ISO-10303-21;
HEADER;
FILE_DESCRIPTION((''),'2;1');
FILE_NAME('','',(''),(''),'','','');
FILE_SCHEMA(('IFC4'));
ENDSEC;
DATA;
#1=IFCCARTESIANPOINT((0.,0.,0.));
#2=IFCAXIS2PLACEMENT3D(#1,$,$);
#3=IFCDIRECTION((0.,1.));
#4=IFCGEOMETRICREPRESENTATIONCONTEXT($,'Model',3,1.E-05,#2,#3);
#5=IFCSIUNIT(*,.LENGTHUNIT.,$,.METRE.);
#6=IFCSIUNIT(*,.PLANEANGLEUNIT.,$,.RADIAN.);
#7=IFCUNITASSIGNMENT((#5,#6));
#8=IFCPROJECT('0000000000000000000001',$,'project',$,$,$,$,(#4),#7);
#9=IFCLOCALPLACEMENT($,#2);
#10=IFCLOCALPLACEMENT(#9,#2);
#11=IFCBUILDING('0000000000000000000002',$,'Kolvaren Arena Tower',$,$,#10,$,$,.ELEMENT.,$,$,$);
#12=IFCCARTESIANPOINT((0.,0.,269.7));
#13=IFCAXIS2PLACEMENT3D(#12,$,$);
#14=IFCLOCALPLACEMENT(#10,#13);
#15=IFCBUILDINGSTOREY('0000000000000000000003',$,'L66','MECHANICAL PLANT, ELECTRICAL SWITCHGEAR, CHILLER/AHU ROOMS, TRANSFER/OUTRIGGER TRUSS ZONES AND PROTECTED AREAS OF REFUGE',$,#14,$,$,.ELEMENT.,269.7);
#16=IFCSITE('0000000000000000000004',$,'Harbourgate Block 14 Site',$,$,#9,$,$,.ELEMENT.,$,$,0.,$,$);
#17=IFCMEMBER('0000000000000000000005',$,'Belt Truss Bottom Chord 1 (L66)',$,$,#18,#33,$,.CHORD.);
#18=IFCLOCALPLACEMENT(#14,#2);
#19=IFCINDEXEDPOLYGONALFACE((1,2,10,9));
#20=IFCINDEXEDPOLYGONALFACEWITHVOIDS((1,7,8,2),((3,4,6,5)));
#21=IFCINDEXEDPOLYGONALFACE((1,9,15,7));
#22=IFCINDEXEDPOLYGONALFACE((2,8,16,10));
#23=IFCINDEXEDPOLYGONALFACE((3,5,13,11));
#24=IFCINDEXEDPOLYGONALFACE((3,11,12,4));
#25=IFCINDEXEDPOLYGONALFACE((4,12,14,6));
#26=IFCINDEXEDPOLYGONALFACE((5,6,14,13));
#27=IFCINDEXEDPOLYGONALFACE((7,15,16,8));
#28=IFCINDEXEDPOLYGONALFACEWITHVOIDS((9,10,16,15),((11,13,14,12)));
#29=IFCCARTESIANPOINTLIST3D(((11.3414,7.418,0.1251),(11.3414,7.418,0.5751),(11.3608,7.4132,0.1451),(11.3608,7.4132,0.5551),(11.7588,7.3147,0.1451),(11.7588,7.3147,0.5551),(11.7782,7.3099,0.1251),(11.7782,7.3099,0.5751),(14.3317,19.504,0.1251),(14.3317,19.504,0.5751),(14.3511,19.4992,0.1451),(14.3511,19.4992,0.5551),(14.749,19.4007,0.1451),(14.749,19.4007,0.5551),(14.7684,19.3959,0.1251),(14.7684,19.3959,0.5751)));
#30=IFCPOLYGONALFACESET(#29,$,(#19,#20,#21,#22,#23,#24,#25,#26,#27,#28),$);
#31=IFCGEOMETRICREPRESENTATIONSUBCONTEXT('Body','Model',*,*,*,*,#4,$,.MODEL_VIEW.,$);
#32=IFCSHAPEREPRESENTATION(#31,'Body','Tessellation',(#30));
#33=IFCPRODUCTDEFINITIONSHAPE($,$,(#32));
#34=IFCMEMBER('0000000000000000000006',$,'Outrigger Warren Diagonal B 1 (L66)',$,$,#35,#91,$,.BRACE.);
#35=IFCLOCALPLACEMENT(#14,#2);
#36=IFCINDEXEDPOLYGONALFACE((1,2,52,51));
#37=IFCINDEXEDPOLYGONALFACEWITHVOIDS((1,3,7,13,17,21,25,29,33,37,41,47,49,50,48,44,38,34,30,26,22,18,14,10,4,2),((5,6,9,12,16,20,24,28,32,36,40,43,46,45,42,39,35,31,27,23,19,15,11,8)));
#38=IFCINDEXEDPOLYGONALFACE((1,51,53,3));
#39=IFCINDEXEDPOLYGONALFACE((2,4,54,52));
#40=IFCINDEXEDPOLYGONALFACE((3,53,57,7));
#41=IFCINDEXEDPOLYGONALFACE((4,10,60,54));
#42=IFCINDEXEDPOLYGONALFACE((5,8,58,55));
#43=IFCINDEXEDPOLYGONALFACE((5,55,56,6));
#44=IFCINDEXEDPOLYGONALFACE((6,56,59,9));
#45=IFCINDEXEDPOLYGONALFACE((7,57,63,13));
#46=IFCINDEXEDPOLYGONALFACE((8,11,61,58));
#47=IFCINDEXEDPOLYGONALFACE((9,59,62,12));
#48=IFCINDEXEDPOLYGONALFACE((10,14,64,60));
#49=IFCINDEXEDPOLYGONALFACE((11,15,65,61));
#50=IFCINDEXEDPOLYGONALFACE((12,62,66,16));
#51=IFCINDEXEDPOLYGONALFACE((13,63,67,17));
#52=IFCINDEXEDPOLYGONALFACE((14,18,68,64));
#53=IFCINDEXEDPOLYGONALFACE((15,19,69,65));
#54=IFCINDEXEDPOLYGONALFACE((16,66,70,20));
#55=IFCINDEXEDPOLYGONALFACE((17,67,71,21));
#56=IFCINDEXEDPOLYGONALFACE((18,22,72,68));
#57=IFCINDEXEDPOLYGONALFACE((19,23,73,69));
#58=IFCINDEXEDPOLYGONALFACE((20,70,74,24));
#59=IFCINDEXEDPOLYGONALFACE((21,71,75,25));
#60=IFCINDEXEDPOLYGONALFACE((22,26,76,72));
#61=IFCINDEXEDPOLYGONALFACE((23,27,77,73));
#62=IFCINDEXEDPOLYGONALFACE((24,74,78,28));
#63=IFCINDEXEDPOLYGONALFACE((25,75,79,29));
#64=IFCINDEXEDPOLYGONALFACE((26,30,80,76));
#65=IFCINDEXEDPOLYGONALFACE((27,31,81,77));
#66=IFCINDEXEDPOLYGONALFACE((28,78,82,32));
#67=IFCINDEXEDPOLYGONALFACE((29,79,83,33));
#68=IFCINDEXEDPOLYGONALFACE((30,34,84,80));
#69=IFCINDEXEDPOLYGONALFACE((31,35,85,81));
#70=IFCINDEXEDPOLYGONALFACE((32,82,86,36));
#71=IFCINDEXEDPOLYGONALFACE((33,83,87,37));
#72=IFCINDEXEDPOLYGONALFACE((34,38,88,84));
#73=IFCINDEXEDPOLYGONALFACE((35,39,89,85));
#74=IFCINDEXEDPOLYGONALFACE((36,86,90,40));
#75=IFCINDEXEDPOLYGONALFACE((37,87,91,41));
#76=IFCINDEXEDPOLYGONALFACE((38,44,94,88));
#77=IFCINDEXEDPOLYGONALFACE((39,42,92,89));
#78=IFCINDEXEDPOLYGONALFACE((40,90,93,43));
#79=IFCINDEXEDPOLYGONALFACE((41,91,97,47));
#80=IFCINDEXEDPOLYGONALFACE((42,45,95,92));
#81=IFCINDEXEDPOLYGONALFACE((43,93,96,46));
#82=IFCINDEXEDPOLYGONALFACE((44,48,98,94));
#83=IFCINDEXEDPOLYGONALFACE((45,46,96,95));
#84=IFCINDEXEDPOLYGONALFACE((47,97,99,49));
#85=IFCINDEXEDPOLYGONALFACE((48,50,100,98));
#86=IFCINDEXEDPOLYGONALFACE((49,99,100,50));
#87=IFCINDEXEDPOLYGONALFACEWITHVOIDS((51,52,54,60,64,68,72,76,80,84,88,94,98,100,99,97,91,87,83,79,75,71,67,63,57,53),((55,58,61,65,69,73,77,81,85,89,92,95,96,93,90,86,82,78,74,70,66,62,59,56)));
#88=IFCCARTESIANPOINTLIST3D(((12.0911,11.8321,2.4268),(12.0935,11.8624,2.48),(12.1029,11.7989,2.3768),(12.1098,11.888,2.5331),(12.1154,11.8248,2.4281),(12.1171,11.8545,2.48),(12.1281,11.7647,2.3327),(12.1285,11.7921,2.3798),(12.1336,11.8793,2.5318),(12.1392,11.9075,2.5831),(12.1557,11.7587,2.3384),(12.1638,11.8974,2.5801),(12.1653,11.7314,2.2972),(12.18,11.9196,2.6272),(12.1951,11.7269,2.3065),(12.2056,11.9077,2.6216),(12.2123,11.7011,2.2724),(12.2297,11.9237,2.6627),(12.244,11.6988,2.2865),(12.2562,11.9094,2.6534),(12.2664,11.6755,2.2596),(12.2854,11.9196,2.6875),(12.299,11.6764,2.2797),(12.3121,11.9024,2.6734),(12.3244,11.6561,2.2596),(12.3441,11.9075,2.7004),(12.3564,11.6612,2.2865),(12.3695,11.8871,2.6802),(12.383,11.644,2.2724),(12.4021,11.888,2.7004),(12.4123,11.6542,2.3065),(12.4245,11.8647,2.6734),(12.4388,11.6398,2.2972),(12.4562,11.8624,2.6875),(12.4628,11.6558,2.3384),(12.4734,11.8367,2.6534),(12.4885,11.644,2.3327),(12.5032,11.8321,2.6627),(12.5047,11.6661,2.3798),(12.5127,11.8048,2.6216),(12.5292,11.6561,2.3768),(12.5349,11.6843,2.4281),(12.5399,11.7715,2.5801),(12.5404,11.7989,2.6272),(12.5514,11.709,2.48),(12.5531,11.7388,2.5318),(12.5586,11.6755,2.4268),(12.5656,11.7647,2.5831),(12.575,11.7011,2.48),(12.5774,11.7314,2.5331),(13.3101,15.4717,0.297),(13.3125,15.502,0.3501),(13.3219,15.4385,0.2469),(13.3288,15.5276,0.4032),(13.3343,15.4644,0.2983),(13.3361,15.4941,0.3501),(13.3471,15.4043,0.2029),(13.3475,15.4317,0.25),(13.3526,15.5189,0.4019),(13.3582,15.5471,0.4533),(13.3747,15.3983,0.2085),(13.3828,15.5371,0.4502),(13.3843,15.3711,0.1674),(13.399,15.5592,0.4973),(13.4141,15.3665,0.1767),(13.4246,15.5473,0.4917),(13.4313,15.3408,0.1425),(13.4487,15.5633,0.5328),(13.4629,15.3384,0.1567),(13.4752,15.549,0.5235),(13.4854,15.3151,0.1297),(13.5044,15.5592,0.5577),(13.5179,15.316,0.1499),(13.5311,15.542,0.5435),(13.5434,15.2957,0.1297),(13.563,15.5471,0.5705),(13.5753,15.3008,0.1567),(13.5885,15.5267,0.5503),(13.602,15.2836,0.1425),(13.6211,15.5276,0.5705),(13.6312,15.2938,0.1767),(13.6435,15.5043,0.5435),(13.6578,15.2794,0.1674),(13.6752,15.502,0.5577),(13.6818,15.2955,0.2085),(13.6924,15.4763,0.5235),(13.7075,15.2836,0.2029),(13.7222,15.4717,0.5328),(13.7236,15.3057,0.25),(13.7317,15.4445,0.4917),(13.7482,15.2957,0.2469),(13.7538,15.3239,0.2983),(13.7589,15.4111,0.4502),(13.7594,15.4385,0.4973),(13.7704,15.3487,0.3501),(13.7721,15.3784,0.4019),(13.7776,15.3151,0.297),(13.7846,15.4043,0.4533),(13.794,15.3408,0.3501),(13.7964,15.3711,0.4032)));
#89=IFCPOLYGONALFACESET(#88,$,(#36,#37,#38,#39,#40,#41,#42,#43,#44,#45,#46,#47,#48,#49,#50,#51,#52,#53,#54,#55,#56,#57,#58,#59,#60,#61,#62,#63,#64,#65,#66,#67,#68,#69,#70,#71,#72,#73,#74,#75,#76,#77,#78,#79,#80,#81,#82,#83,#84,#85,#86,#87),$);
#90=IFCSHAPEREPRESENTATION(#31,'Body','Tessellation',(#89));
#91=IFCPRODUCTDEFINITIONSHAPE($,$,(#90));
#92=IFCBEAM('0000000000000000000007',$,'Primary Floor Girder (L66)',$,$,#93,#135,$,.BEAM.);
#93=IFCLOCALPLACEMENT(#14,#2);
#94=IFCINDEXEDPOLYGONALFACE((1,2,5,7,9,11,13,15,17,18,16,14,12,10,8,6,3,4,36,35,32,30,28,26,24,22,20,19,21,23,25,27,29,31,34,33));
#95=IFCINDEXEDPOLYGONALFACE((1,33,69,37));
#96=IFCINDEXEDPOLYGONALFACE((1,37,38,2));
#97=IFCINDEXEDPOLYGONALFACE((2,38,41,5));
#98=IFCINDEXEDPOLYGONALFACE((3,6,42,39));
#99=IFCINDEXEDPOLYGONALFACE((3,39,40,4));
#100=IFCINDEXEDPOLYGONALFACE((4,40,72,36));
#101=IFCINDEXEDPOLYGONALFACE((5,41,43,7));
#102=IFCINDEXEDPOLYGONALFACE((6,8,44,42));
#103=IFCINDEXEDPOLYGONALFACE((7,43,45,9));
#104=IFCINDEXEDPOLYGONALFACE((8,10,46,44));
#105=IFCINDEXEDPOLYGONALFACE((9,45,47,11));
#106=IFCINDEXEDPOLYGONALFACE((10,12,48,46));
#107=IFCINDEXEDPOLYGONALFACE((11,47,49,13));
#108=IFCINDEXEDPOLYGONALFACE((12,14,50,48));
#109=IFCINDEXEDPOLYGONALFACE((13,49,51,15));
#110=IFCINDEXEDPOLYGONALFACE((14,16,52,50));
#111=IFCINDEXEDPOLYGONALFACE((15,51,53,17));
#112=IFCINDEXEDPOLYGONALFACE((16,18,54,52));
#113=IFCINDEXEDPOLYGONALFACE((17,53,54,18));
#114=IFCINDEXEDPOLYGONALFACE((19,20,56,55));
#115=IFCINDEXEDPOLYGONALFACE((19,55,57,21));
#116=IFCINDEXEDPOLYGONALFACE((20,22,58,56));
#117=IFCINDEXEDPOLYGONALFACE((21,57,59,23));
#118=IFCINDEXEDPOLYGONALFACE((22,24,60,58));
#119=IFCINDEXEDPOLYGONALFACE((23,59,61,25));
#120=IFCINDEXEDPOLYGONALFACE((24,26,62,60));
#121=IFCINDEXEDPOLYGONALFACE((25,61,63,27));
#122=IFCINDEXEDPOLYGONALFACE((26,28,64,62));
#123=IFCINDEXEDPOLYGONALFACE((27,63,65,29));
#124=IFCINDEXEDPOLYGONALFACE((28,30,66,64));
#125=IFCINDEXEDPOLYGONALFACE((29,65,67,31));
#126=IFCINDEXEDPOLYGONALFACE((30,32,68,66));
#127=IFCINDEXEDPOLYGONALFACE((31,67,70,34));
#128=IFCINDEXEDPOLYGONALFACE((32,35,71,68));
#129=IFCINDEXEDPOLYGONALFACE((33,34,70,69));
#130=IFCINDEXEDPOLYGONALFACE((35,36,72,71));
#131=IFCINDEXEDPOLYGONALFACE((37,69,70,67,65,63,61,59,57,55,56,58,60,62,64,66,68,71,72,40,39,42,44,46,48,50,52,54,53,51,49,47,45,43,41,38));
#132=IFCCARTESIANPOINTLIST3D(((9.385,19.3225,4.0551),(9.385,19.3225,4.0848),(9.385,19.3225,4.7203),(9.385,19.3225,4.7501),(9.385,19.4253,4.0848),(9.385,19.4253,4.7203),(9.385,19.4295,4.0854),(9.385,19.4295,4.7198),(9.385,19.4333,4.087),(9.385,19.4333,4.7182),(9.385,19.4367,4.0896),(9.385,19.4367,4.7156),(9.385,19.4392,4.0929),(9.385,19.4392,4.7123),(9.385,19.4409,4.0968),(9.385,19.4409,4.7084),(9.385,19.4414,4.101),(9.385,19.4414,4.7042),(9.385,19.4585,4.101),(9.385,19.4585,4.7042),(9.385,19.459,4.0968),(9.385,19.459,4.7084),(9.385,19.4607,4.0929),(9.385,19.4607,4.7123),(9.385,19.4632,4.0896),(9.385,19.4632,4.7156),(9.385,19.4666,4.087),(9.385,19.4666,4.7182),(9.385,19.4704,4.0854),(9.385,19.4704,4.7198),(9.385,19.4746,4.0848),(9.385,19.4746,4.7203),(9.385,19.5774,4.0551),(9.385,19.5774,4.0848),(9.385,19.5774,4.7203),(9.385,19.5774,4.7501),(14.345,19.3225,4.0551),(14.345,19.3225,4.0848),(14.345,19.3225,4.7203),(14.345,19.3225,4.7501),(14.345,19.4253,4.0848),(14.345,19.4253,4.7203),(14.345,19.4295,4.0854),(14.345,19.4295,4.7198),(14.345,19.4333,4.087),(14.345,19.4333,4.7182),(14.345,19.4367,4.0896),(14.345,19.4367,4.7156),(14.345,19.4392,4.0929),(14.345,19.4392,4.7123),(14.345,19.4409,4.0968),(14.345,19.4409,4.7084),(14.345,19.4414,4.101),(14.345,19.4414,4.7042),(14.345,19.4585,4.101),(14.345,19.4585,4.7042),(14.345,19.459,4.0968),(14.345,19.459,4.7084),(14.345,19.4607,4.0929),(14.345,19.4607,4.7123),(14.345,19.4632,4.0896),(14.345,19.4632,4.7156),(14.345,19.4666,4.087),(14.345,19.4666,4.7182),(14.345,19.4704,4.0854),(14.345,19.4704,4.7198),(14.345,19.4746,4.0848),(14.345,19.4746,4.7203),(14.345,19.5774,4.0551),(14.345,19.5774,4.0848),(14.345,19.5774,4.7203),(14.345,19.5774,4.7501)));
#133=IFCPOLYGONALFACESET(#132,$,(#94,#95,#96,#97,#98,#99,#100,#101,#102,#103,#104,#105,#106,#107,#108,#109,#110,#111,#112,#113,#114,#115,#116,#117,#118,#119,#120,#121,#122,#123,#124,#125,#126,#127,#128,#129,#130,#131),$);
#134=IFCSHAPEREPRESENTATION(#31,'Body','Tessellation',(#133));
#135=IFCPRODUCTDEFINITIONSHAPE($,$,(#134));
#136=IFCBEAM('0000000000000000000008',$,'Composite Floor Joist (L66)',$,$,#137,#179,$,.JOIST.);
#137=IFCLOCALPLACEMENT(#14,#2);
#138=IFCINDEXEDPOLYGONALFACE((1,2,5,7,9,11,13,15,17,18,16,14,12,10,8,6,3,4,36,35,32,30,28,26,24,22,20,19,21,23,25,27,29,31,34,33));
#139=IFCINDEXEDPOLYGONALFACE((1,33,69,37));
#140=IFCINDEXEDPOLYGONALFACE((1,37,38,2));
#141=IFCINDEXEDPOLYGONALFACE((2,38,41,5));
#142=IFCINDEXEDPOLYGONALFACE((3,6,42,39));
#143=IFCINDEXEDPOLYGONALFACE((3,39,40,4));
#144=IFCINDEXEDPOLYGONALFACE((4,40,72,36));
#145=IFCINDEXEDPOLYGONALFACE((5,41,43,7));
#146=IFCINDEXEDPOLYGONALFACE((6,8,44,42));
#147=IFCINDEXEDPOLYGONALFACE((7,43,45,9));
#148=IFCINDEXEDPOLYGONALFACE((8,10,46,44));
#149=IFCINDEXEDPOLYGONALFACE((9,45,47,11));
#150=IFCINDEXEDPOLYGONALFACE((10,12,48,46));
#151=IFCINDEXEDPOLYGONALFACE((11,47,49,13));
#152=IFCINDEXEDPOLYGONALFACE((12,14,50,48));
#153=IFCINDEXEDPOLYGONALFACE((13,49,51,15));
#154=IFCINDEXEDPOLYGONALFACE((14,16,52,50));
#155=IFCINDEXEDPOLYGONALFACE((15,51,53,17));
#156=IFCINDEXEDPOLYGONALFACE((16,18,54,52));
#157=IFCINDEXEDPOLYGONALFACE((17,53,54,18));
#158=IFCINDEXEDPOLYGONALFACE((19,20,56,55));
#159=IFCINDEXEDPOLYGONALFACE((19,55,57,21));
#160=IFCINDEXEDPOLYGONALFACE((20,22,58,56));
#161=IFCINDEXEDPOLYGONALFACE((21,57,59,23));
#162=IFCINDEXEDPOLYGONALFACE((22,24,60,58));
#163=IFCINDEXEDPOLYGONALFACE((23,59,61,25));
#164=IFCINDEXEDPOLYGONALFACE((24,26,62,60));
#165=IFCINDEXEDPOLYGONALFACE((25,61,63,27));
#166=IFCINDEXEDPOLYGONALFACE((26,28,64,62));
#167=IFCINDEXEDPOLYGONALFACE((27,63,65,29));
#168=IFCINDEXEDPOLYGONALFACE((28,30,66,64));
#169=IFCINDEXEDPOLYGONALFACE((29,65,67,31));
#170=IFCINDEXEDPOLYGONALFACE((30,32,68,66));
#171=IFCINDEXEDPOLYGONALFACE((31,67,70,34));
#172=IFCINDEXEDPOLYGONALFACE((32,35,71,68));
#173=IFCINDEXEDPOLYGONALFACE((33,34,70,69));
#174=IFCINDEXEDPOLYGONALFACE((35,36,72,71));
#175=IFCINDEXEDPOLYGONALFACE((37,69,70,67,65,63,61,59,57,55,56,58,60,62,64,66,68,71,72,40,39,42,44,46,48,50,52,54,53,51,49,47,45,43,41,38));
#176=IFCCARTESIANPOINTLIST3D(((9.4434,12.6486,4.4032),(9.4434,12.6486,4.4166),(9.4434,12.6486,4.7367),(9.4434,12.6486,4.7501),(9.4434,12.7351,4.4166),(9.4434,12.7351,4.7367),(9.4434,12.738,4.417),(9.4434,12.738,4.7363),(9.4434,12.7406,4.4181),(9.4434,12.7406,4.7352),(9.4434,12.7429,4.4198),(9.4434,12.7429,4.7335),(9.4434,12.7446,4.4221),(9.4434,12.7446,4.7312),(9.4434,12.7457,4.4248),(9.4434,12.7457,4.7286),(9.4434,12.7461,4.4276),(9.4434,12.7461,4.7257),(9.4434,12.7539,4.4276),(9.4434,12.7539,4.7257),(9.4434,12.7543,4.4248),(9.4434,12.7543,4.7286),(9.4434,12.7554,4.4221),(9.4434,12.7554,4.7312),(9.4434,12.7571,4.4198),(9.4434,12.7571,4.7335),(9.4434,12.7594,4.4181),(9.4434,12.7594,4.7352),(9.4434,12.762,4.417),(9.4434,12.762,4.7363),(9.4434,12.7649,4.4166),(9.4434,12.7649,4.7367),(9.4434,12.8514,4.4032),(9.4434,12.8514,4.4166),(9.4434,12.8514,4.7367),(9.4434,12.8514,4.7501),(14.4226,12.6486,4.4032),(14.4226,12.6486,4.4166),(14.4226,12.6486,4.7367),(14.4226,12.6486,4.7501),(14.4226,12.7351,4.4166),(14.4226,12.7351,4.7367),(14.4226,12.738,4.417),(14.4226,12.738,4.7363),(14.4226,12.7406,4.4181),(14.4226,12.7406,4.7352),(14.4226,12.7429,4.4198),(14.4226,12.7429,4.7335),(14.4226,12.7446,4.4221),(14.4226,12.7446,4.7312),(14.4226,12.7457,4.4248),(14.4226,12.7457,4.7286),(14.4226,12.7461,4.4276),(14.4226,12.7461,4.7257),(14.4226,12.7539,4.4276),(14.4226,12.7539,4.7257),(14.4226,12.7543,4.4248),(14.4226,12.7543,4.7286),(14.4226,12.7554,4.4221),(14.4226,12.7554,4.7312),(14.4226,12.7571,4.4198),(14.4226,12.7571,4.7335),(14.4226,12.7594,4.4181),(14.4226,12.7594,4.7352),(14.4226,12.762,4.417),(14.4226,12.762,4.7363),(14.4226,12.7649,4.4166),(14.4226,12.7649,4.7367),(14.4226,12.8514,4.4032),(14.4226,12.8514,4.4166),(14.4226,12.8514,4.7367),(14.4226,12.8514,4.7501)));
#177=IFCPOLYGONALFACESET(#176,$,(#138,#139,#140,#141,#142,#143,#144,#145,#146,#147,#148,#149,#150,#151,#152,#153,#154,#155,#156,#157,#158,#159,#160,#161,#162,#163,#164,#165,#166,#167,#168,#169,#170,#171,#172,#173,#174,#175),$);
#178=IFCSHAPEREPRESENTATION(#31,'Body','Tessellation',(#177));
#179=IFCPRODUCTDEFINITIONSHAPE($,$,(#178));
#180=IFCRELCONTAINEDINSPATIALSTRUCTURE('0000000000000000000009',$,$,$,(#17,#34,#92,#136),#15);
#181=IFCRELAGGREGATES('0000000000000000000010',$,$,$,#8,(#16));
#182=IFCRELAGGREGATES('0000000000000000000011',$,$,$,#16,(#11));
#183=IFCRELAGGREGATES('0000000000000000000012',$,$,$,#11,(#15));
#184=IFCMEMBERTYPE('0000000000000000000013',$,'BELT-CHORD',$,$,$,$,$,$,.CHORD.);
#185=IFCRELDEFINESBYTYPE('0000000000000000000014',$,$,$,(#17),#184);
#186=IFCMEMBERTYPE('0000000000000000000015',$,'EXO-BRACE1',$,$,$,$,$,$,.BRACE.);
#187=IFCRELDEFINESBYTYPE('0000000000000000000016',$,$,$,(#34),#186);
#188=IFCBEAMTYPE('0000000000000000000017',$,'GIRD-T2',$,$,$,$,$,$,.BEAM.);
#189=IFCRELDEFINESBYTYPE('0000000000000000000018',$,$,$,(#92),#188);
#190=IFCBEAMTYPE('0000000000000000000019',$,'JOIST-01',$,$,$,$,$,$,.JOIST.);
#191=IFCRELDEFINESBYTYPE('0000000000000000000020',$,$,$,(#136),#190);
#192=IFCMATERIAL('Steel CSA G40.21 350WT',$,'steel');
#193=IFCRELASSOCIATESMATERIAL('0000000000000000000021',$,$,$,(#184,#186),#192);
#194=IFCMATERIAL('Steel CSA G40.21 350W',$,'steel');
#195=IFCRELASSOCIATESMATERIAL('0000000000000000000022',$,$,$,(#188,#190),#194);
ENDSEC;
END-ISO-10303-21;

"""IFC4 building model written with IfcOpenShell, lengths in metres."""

from ifc_helpers import new_model, si_unit, direction, frame, origin, origin_2d, place, context, subcontext, project, spatial, hollow_rectangle, hollow_circle, i_section, extrude, material, material_profile, profile_set, type_object, element, save


model = new_model("IFC4")

# Units and contexts
model_context = context("Model", 3, precision=1e-05, world=origin(), true_north=direction((0.0, 1.0)))
body_context = subcontext(model_context, "Body", "Model", "MODEL_VIEW")
ifc_project = project(units=[si_unit("LENGTHUNIT", "METRE"), si_unit("PLANEANGLEUNIT", "RADIAN")], contexts=[model_context])

# Site, building, storey
site_placement = place(None, origin())
site = spatial("IfcSite", under=ifc_project, at=site_placement, Name="Harbourgate Block 14 Site", CompositionType="ELEMENT", RefElevation=0.0)
building_placement = place(site_placement, origin())
building = spatial("IfcBuilding", under=site, at=building_placement, Name="Kolvaren Arena Tower", CompositionType="ELEMENT")
storey_placement = place(building_placement, frame((0.0, 0.0, 269.7)))
storey = spatial("IfcBuildingStorey", under=building, at=storey_placement, Name="L66", Description="MECHANICAL PLANT, ELECTRICAL SWITCHGEAR, CHILLER/AHU ROOMS, TRANSFER/OUTRIGGER TRUSS ZONES AND PROTECTED AREAS OF REFUGE", CompositionType="ELEMENT", Elevation=269.7)

# Shared definitions
ifc_material_1 = material(Name="Steel CSA G40.21 350W", Category="steel")

# Members
ifc_material_2 = material(Name="Steel CSA G40.21 350WT", Category="steel")
ifc_material_profile_1 = material_profile(ifc_material_2, hollow_rectangle(XDim=0.45, YDim=0.45, WallThickness=0.02, at=origin_2d()), Name="HSS 450x450x20")
ifc_profile_set_1 = profile_set([ifc_material_profile_1], Name="Steel CSA G40.21 350WT")
member_type_1 = type_object("IfcMemberType", Name="BELT-CHORD", PredefinedType="CHORD", material=ifc_profile_set_1)
member_1_placement = place(storey_placement, frame((14.55, 19.45, 0.3501), z_axis=(-0.240173, -0.97073, 0.0), x_axis=(0.97073, -0.240173, 0.0)))
element("IfcMember", 1, at=member_1_placement, inside=storey, type_object=member_type_1, Name="Belt Truss Bottom Chord 1 (L66)", PredefinedType="CHORD", context=body_context, shape_type="SweptSolid", body=[
    extrude(hollow_rectangle(XDim=0.45, YDim=0.45, WallThickness=0.02, at=origin_2d()), origin(), (0.0, 0.0, 1.0), 12.4504),
])
ifc_material_profile_2 = material_profile(ifc_material_2, hollow_circle(Radius=0.2539, WallThickness=0.0249, at=origin_2d()), Name="CHS 508x25")
ifc_profile_set_2 = profile_set([ifc_material_profile_2], Name="Steel CSA G40.21 350WT")
member_type_2 = type_object("IfcMemberType", Name="EXO-BRACE1", PredefinedType="BRACE", material=ifc_profile_set_2)
member_2_placement = place(storey_placement, frame((13.5532, 15.4214, 0.3501), z_axis=(-0.277695, -0.829135, 0.485201), x_axis=(0.948231, -0.317582, 0.0)))
element("IfcMember", 2, at=member_2_placement, inside=storey, type_object=member_type_2, Name="Outrigger Warren Diagonal B 1 (L66)", PredefinedType="BRACE", context=body_context, shape_type="SweptSolid", body=[
    extrude(hollow_circle(Radius=0.2539, WallThickness=0.0249, at=origin_2d()), origin(), (0.0, 0.0, 1.0), 4.3896),
])

# Beams
ifc_material_profile_3 = material_profile(ifc_material_1, i_section(OverallWidth=0.2549, OverallDepth=0.6951, WebThickness=0.0171, FlangeThickness=0.0298, FilletRadius=0.0161, at=origin_2d()), Name="W690x217")
ifc_profile_set_3 = profile_set([ifc_material_profile_3], Name="Steel CSA G40.21 350W")
beam_type_1 = type_object("IfcBeamType", Name="GIRD-T2", PredefinedType="BEAM", material=ifc_profile_set_3)
beam_1_placement = place(storey_placement, frame((9.385, 19.45, 4.4026), z_axis=(1.0, 0.0, 0.0), x_axis=(0.0, 1.0, 0.0)))
element("IfcBeam", 3, at=beam_1_placement, inside=storey, type_object=beam_type_1, Name="Primary Floor Girder (L66)", PredefinedType="BEAM", context=body_context, shape_type="SweptSolid", body=[
    extrude(i_section(OverallWidth=0.2549, OverallDepth=0.6951, WebThickness=0.0171, FlangeThickness=0.0298, FilletRadius=0.0161, at=origin_2d()), origin(), (0.0, 0.0, 1.0), 4.96),
])
ifc_material_profile_4 = material_profile(ifc_material_1, i_section(OverallWidth=0.2029, OverallDepth=0.3469, WebThickness=0.0078, FlangeThickness=0.0134, FilletRadius=0.011, at=origin_2d()), Name="W360x64")
ifc_profile_set_4 = profile_set([ifc_material_profile_4], Name="Steel CSA G40.21 350W")
beam_type_2 = type_object("IfcBeamType", Name="JOIST-01", PredefinedType="JOIST", material=ifc_profile_set_4)
beam_2_placement = place(storey_placement, frame((9.4434, 12.75, 4.5767), z_axis=(1.0, 0.0, 0.0), x_axis=(0.0, 1.0, 0.0)))
element("IfcBeam", 4, at=beam_2_placement, inside=storey, type_object=beam_type_2, Name="Composite Floor Joist (L66)", PredefinedType="JOIST", context=body_context, shape_type="SweptSolid", body=[
    extrude(i_section(OverallWidth=0.2029, OverallDepth=0.3469, WebThickness=0.0078, FlangeThickness=0.0134, FilletRadius=0.011, at=origin_2d()), origin(), (0.0, 0.0, 1.0), 4.9792),
])

save(model, "model.ifc")
